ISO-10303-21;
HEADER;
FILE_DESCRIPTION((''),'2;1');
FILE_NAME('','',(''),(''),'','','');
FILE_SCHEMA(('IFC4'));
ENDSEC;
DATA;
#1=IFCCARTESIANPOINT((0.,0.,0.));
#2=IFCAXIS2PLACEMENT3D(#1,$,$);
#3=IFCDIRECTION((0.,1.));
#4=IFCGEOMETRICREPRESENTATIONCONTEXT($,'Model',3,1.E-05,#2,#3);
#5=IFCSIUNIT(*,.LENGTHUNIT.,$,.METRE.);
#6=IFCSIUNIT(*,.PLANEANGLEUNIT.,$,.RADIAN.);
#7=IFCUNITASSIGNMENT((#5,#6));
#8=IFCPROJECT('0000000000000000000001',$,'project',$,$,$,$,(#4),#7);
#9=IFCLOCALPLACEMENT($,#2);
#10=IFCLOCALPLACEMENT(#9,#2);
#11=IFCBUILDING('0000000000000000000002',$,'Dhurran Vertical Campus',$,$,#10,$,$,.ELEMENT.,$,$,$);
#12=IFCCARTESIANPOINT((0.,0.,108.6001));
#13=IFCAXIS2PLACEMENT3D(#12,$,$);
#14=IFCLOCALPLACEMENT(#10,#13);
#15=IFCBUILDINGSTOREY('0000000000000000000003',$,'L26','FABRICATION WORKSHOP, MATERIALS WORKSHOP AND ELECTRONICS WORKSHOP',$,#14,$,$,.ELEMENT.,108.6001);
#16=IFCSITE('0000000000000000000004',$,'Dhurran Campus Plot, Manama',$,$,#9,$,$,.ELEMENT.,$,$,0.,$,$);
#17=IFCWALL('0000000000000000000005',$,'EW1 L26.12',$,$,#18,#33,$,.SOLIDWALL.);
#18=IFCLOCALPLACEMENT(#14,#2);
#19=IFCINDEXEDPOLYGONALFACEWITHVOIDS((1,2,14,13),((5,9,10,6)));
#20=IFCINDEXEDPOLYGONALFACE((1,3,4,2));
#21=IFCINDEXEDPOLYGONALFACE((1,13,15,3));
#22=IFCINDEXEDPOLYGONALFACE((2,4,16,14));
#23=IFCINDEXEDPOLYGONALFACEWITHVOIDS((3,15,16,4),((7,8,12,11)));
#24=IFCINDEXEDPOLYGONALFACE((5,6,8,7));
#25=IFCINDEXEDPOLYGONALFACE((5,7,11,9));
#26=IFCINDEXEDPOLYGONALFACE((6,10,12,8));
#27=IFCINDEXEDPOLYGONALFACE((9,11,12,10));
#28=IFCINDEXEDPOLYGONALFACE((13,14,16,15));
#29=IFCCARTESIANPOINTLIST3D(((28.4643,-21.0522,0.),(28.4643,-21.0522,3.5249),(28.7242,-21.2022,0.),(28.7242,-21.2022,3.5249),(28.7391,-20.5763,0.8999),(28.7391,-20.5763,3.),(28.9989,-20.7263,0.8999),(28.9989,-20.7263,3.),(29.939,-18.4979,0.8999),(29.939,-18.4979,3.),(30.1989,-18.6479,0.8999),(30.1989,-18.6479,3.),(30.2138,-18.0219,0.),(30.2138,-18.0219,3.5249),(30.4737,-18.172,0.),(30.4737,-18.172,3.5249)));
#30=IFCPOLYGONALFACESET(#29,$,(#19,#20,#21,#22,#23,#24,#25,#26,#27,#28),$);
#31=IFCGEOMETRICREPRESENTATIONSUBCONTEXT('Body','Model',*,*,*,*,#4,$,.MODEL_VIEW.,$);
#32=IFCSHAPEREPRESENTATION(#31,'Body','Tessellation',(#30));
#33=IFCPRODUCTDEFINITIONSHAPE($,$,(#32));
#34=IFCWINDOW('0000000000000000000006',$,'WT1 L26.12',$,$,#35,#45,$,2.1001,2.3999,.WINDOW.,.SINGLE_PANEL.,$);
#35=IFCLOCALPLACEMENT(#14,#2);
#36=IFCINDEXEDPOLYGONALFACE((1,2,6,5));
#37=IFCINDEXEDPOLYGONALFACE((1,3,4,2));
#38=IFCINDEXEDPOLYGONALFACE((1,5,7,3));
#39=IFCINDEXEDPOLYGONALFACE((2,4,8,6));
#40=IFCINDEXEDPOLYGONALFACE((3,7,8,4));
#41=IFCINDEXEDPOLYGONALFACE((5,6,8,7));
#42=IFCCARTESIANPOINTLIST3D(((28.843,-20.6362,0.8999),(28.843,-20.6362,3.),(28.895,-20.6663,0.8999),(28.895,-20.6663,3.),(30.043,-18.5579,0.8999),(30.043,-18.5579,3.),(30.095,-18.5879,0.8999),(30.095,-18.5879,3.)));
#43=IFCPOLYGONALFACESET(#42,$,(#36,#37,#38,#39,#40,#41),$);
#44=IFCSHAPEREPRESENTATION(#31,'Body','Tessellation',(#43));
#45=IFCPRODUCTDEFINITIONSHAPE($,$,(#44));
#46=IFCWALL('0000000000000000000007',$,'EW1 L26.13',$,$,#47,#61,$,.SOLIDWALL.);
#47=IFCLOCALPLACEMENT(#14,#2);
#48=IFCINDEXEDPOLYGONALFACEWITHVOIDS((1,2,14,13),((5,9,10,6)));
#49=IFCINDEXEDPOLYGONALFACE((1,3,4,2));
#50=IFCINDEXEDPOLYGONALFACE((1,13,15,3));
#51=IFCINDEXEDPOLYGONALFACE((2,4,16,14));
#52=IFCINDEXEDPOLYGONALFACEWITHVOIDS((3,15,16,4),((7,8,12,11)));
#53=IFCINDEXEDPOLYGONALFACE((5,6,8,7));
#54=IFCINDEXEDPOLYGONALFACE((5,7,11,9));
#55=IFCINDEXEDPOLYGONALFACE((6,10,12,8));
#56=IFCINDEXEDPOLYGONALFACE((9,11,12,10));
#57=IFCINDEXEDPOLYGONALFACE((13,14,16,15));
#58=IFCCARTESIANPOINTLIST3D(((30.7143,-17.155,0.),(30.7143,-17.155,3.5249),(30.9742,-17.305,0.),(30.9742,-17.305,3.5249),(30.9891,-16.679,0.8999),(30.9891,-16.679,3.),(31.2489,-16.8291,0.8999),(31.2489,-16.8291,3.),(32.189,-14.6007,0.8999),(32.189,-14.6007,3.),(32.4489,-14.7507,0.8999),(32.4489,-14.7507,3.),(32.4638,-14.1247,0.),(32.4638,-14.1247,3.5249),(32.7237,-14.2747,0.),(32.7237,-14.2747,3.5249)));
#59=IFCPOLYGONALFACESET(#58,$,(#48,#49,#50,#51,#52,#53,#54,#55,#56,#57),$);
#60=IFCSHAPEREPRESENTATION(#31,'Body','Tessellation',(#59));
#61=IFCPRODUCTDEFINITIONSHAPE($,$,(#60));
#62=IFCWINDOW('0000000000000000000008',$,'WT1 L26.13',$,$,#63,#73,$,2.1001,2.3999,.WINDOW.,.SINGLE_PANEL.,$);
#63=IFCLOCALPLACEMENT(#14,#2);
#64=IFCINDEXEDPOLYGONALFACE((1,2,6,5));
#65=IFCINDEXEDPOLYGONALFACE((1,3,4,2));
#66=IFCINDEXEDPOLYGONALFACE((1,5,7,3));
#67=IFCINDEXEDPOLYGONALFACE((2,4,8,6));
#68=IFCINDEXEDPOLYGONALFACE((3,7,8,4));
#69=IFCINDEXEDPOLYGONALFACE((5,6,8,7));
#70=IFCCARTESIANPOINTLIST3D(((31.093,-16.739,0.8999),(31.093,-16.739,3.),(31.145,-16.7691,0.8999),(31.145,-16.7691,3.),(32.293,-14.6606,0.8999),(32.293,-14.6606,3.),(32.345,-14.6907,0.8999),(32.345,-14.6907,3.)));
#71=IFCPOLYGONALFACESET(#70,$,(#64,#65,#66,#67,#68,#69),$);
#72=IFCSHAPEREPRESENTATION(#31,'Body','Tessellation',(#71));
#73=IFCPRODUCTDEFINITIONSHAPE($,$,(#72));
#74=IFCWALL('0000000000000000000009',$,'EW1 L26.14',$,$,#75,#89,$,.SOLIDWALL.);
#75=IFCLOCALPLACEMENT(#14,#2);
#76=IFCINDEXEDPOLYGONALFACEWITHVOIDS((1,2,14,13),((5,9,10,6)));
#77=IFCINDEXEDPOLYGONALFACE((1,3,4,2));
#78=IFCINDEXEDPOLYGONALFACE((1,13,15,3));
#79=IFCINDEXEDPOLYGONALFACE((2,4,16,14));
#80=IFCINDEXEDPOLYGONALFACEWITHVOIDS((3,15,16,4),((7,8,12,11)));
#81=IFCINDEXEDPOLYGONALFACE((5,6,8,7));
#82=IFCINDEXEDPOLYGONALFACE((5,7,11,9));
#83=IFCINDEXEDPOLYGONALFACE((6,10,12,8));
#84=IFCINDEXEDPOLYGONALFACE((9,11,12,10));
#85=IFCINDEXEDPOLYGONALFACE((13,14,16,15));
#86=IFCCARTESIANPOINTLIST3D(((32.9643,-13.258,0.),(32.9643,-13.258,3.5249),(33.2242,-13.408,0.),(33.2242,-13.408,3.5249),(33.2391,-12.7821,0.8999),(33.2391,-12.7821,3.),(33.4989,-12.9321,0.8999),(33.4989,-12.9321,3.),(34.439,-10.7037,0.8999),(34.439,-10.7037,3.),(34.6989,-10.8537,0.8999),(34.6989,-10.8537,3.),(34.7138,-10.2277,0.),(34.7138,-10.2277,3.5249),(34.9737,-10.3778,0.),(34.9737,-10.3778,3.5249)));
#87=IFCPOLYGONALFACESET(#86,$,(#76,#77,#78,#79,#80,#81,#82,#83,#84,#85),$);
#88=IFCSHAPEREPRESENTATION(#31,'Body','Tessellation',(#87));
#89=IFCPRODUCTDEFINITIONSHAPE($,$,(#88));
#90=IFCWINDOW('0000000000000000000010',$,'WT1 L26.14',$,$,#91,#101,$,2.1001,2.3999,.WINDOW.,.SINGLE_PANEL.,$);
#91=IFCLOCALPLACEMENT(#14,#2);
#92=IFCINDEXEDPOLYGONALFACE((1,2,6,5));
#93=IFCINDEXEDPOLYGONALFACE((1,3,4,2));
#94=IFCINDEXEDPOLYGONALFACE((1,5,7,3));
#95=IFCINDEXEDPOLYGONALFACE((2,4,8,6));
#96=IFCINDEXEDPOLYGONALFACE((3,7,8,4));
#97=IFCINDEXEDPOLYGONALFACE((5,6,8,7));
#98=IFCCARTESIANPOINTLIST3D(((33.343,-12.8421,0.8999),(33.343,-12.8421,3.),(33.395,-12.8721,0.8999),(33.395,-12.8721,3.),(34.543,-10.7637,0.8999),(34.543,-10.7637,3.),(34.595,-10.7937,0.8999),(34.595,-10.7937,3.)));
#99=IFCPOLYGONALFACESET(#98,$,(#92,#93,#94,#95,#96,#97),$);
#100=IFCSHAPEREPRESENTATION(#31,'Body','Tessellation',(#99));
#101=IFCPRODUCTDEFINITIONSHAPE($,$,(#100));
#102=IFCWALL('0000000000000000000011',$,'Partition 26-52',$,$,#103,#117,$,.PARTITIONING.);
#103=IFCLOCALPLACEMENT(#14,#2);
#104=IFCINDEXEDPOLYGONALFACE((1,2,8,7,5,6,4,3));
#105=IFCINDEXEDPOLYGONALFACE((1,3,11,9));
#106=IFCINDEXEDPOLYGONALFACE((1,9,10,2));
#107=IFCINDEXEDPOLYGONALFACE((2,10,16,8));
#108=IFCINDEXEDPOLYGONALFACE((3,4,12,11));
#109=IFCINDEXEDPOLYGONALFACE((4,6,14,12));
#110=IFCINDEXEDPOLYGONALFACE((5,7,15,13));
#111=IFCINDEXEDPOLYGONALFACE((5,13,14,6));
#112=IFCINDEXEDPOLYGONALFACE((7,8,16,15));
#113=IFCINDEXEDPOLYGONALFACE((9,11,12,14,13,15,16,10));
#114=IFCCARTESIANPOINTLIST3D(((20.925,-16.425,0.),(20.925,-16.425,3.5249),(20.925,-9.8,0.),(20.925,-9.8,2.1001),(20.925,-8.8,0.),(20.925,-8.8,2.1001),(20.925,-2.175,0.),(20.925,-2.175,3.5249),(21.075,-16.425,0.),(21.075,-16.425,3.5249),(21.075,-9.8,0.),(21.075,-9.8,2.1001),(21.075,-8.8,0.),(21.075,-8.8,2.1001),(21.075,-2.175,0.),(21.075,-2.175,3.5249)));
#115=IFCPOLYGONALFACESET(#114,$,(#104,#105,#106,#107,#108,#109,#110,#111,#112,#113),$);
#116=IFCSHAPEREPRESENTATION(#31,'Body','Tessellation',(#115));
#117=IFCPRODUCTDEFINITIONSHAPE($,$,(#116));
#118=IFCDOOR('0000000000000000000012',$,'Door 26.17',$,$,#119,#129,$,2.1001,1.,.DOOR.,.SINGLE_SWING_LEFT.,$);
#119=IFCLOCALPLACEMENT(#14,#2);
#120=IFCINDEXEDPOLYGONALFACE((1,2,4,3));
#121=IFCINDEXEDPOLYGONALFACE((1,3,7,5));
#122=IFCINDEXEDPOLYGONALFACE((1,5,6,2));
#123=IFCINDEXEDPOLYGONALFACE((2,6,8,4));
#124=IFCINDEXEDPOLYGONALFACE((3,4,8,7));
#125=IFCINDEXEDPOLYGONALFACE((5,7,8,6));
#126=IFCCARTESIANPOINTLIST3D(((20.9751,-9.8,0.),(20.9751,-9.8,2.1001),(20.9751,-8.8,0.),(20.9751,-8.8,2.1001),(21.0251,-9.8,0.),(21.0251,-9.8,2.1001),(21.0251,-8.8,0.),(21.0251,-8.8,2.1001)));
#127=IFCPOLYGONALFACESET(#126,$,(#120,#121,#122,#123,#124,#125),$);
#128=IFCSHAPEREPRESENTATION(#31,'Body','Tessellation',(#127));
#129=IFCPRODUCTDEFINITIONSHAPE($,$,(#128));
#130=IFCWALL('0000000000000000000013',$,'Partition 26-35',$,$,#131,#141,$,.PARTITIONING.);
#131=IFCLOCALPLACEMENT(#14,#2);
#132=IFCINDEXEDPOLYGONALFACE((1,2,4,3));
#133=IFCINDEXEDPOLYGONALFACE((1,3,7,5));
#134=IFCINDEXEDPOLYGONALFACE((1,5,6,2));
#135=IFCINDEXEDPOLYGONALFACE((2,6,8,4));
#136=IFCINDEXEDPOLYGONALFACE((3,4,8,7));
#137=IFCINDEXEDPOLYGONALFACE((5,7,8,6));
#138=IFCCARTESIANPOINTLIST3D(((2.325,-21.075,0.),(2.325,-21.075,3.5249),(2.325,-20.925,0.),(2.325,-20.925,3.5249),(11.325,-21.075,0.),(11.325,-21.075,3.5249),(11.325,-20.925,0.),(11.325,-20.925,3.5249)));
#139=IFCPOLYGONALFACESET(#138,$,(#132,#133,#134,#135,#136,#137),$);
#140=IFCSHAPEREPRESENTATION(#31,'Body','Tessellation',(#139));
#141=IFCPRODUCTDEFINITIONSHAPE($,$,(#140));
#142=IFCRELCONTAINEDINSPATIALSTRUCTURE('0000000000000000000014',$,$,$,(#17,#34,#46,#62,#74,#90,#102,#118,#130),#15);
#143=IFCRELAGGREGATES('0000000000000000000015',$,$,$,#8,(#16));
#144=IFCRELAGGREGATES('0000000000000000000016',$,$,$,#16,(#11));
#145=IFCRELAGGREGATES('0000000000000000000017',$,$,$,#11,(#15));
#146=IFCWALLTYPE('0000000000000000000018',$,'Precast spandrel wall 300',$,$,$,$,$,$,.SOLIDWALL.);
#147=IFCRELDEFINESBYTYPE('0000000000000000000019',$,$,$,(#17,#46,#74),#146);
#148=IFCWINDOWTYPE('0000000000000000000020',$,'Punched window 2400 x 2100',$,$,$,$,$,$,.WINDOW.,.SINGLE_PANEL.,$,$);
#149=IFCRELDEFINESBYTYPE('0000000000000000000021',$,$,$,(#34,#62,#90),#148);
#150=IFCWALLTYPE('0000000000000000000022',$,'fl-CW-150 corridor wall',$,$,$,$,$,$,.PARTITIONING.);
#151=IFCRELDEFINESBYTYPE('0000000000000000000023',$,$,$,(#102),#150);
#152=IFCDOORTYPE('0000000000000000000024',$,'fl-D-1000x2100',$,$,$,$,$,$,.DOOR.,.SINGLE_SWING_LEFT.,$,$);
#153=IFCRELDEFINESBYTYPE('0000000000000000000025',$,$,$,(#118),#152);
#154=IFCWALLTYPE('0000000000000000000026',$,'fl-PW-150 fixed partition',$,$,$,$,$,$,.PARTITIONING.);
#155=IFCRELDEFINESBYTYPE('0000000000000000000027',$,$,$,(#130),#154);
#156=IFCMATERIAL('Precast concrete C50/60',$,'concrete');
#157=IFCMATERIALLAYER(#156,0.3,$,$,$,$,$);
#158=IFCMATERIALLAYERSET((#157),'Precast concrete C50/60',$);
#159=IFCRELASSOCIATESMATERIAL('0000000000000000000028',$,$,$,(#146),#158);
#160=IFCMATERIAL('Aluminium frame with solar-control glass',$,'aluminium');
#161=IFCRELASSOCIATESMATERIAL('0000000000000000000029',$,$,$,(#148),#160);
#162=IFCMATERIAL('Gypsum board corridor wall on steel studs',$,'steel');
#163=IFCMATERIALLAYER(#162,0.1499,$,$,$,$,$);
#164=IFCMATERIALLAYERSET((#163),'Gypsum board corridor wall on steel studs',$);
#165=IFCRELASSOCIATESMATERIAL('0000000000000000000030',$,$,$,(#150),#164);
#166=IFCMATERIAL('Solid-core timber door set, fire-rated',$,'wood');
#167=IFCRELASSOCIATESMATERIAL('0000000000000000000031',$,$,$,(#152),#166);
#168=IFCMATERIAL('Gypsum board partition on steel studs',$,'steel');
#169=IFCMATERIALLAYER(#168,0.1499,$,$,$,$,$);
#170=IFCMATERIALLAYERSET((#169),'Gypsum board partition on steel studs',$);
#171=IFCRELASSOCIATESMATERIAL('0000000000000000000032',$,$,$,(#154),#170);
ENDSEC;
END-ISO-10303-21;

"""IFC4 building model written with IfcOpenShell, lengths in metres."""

from ifc_helpers import new_model, si_unit, direction, frame, frame_2d, origin, place, context, subcontext, project, spatial, rectangle, extrude, material, layer, layer_set, type_object, element, fill, save


model = new_model("IFC4")

# Units and contexts
model_context = context("Model", 3, precision=1e-05, world=origin(), true_north=direction((0.0, 1.0)))
body_context = subcontext(model_context, "Body", "Model", "MODEL_VIEW")
ifc_project = project(units=[si_unit("LENGTHUNIT", "METRE"), si_unit("PLANEANGLEUNIT", "RADIAN")], contexts=[model_context])

# Site, building, storey
site_placement = place(None, origin())
site = spatial("IfcSite", under=ifc_project, at=site_placement, Name="Dhurran Campus Plot, Manama", CompositionType="ELEMENT", RefElevation=0.0)
building_placement = place(site_placement, origin())
building = spatial("IfcBuilding", under=site, at=building_placement, Name="Dhurran Vertical Campus", CompositionType="ELEMENT")
storey_placement = place(building_placement, frame((0.0, 0.0, 108.6001)))
storey = spatial("IfcBuildingStorey", under=building, at=storey_placement, Name="L26", Description="FABRICATION WORKSHOP, MATERIALS WORKSHOP AND ELECTRONICS WORKSHOP", CompositionType="ELEMENT", Elevation=108.6001)

# Walls, openings, windows
ifc_material_1 = material(Name="Precast concrete C50/60", Category="concrete")
ifc_layer_1 = layer(ifc_material_1, 0.3)
ifc_layer_set_1 = layer_set([ifc_layer_1], Name="Precast concrete C50/60")
wall_type_1 = type_object("IfcWallType", Name="Precast spandrel wall 300", PredefinedType="SOLIDWALL", material=ifc_layer_set_1)
ifc_material_2 = material(Name="Aluminium frame with solar-control glass", Category="aluminium")
window_type = type_object("IfcWindowType", Name="Punched window 2400 x 2100", PartitioningType="SINGLE_PANEL", PredefinedType="WINDOW", material=ifc_material_2)
wall_1_placement = place(storey_placement, frame((28.5942, -21.1272, 0.0), z_axis=(0.0, 0.0, 1.0), x_axis=(0.499996, 0.866028, 0.0)))
wall_1 = element("IfcWall", 1, at=wall_1_placement, inside=storey, type_object=wall_type_1, Name="EW1 L26.12", PredefinedType="SOLIDWALL", context=body_context, shape_type="SweptSolid", body=[
    extrude(rectangle(XDim=3.499, YDim=0.3, at=frame_2d((1.7495, 0.0))), origin(), (0.0, 0.0, 1.0), 3.5249),
])
opening_1_placement = place(wall_1_placement, frame((0.5496, 0.0, 0.8999)))
opening_1 = element("IfcOpeningElement", 2, at=opening_1_placement, cuts=wall_1, PredefinedType="OPENING", context=body_context, shape_type="SweptSolid", body=[
    extrude(rectangle(XDim=2.3999, YDim=2.1001, at=frame_2d((1.2, 1.05))), frame((0.0, 0.1599, 0.0), z_axis=(0.0, -1.0, 0.0), x_axis=(1.0, 0.0, 0.0)), (0.0, 0.0, 1.0), 0.3201),
])
window_1_placement = place(opening_1_placement, origin())
window_1 = element("IfcWindow", 3, at=window_1_placement, inside=storey, type_object=window_type, Name="WT1 L26.12", OverallHeight=2.1001, OverallWidth=2.3999, PartitioningType="SINGLE_PANEL", PredefinedType="WINDOW", context=body_context, shape_type="SweptSolid", body=[
    extrude(rectangle(XDim=2.3999, YDim=2.1001, at=frame_2d((1.2, 1.05))), frame((0.0, 0.03, 0.0), z_axis=(0.0, -1.0, 0.0), x_axis=(1.0, 0.0, 0.0)), (0.0, 0.0, 1.0), 0.0601),
])
fill(opening_1, window_1)
wall_2_placement = place(storey_placement, frame((30.8442, -17.23, 0.0), z_axis=(0.0, 0.0, 1.0), x_axis=(0.499996, 0.866028, 0.0)))
wall_2 = element("IfcWall", 4, at=wall_2_placement, inside=storey, type_object=wall_type_1, Name="EW1 L26.13", PredefinedType="SOLIDWALL", context=body_context, shape_type="SweptSolid", body=[
    extrude(rectangle(XDim=3.499, YDim=0.3, at=frame_2d((1.7495, 0.0))), origin(), (0.0, 0.0, 1.0), 3.5249),
])
opening_2_placement = place(wall_2_placement, frame((0.5496, 0.0, 0.8999)))
opening_2 = element("IfcOpeningElement", 5, at=opening_2_placement, cuts=wall_2, PredefinedType="OPENING", context=body_context, shape_type="SweptSolid", body=[
    extrude(rectangle(XDim=2.3999, YDim=2.1001, at=frame_2d((1.2, 1.05))), frame((0.0, 0.1599, 0.0), z_axis=(0.0, -1.0, 0.0), x_axis=(1.0, 0.0, 0.0)), (0.0, 0.0, 1.0), 0.3201),
])
window_2_placement = place(opening_2_placement, origin())
window_2 = element("IfcWindow", 6, at=window_2_placement, inside=storey, type_object=window_type, Name="WT1 L26.13", OverallHeight=2.1001, OverallWidth=2.3999, PartitioningType="SINGLE_PANEL", PredefinedType="WINDOW", context=body_context, shape_type="SweptSolid", body=[
    extrude(rectangle(XDim=2.3999, YDim=2.1001, at=frame_2d((1.2, 1.05))), frame((0.0, 0.03, 0.0), z_axis=(0.0, -1.0, 0.0), x_axis=(1.0, 0.0, 0.0)), (0.0, 0.0, 1.0), 0.0601),
])
fill(opening_2, window_2)
wall_3_placement = place(storey_placement, frame((33.0942, -13.333, 0.0), z_axis=(0.0, 0.0, 1.0), x_axis=(0.499996, 0.866028, 0.0)))
wall_3 = element("IfcWall", 7, at=wall_3_placement, inside=storey, type_object=wall_type_1, Name="EW1 L26.14", PredefinedType="SOLIDWALL", context=body_context, shape_type="SweptSolid", body=[
    extrude(rectangle(XDim=3.499, YDim=0.3, at=frame_2d((1.7495, 0.0))), origin(), (0.0, 0.0, 1.0), 3.5249),
])
opening_3_placement = place(wall_3_placement, frame((0.5496, 0.0, 0.8999)))
opening_3 = element("IfcOpeningElement", 8, at=opening_3_placement, cuts=wall_3, PredefinedType="OPENING", context=body_context, shape_type="SweptSolid", body=[
    extrude(rectangle(XDim=2.3999, YDim=2.1001, at=frame_2d((1.2, 1.05))), frame((0.0, 0.1599, 0.0), z_axis=(0.0, -1.0, 0.0), x_axis=(1.0, 0.0, 0.0)), (0.0, 0.0, 1.0), 0.3201),
])
window_3_placement = place(opening_3_placement, origin())
window_3 = element("IfcWindow", 9, at=window_3_placement, inside=storey, type_object=window_type, Name="WT1 L26.14", OverallHeight=2.1001, OverallWidth=2.3999, PartitioningType="SINGLE_PANEL", PredefinedType="WINDOW", context=body_context, shape_type="SweptSolid", body=[
    extrude(rectangle(XDim=2.3999, YDim=2.1001, at=frame_2d((1.2, 1.05))), frame((0.0, 0.03, 0.0), z_axis=(0.0, -1.0, 0.0), x_axis=(1.0, 0.0, 0.0)), (0.0, 0.0, 1.0), 0.0601),
])
fill(opening_3, window_3)

# Wall, opening, door
ifc_material_3 = material(Name="Gypsum board corridor wall on steel studs", Category="steel")
ifc_layer_2 = layer(ifc_material_3, 0.1499)
ifc_layer_set_2 = layer_set([ifc_layer_2], Name="Gypsum board corridor wall on steel studs")
wall_type_2 = type_object("IfcWallType", Name="fl-CW-150 corridor wall", PredefinedType="PARTITIONING", material=ifc_layer_set_2)
wall_4_placement = place(storey_placement, frame((21.0, -16.425, 0.0), z_axis=(0.0, 0.0, 1.0), x_axis=(0.0, 1.0, 0.0)))
wall_4 = element("IfcWall", 10, at=wall_4_placement, inside=storey, type_object=wall_type_2, Name="Partition 26-52", PredefinedType="PARTITIONING", context=body_context, shape_type="SweptSolid", body=[
    extrude(rectangle(XDim=14.25, YDim=0.1499, at=frame_2d((7.125, 0.0))), origin(), (0.0, 0.0, 1.0), 3.5249),
])
opening_4_placement = place(wall_4_placement, frame((6.625, 0.0, 0.0)))
opening_4 = element("IfcOpeningElement", 11, at=opening_4_placement, cuts=wall_4, PredefinedType="OPENING", context=body_context, shape_type="SweptSolid", body=[
    extrude(rectangle(XDim=1.0, YDim=2.1001, at=frame_2d((0.5, 1.05))), frame((0.0, 0.085, 0.0), z_axis=(0.0, -1.0, 0.0), x_axis=(1.0, 0.0, 0.0)), (0.0, 0.0, 1.0), 0.1699),
])
ifc_material_4 = material(Name="Solid-core timber door set, fire-rated", Category="wood")
door_type = type_object("IfcDoorType", Name="fl-D-1000x2100", OperationType="SINGLE_SWING_LEFT", PredefinedType="DOOR", material=ifc_material_4)
door_placement = place(opening_4_placement, origin())
door = element("IfcDoor", 12, at=door_placement, inside=storey, type_object=door_type, Name="Door 26.17", OperationType="SINGLE_SWING_LEFT", OverallHeight=2.1001, OverallWidth=1.0, PredefinedType="DOOR", context=body_context, shape_type="SweptSolid", body=[
    extrude(rectangle(XDim=1.0, YDim=2.1001, at=frame_2d((0.5, 1.05))), frame((0.0, 0.0249, 0.0), z_axis=(0.0, -1.0, 0.0), x_axis=(1.0, 0.0, 0.0)), (0.0, 0.0, 1.0), 0.05),
])
fill(opening_4, door)

# Wall
ifc_material_5 = material(Name="Gypsum board partition on steel studs", Category="steel")
ifc_layer_3 = layer(ifc_material_5, 0.1499)
ifc_layer_set_3 = layer_set([ifc_layer_3], Name="Gypsum board partition on steel studs")
wall_type_3 = type_object("IfcWallType", Name="fl-PW-150 fixed partition", PredefinedType="PARTITIONING", material=ifc_layer_set_3)
wall_5_placement = place(storey_placement, frame((11.325, -21.0, 0.0), z_axis=(0.0, 0.0, 1.0), x_axis=(-1.0, 0.0, 0.0)))
element("IfcWall", 13, at=wall_5_placement, inside=storey, type_object=wall_type_3, Name="Partition 26-35", PredefinedType="PARTITIONING", context=body_context, shape_type="SweptSolid", body=[
    extrude(rectangle(XDim=9.0, YDim=0.1499, at=frame_2d((4.5, 0.0))), origin(), (0.0, 0.0, 1.0), 3.5249),
])

save(model, "model.ifc")
